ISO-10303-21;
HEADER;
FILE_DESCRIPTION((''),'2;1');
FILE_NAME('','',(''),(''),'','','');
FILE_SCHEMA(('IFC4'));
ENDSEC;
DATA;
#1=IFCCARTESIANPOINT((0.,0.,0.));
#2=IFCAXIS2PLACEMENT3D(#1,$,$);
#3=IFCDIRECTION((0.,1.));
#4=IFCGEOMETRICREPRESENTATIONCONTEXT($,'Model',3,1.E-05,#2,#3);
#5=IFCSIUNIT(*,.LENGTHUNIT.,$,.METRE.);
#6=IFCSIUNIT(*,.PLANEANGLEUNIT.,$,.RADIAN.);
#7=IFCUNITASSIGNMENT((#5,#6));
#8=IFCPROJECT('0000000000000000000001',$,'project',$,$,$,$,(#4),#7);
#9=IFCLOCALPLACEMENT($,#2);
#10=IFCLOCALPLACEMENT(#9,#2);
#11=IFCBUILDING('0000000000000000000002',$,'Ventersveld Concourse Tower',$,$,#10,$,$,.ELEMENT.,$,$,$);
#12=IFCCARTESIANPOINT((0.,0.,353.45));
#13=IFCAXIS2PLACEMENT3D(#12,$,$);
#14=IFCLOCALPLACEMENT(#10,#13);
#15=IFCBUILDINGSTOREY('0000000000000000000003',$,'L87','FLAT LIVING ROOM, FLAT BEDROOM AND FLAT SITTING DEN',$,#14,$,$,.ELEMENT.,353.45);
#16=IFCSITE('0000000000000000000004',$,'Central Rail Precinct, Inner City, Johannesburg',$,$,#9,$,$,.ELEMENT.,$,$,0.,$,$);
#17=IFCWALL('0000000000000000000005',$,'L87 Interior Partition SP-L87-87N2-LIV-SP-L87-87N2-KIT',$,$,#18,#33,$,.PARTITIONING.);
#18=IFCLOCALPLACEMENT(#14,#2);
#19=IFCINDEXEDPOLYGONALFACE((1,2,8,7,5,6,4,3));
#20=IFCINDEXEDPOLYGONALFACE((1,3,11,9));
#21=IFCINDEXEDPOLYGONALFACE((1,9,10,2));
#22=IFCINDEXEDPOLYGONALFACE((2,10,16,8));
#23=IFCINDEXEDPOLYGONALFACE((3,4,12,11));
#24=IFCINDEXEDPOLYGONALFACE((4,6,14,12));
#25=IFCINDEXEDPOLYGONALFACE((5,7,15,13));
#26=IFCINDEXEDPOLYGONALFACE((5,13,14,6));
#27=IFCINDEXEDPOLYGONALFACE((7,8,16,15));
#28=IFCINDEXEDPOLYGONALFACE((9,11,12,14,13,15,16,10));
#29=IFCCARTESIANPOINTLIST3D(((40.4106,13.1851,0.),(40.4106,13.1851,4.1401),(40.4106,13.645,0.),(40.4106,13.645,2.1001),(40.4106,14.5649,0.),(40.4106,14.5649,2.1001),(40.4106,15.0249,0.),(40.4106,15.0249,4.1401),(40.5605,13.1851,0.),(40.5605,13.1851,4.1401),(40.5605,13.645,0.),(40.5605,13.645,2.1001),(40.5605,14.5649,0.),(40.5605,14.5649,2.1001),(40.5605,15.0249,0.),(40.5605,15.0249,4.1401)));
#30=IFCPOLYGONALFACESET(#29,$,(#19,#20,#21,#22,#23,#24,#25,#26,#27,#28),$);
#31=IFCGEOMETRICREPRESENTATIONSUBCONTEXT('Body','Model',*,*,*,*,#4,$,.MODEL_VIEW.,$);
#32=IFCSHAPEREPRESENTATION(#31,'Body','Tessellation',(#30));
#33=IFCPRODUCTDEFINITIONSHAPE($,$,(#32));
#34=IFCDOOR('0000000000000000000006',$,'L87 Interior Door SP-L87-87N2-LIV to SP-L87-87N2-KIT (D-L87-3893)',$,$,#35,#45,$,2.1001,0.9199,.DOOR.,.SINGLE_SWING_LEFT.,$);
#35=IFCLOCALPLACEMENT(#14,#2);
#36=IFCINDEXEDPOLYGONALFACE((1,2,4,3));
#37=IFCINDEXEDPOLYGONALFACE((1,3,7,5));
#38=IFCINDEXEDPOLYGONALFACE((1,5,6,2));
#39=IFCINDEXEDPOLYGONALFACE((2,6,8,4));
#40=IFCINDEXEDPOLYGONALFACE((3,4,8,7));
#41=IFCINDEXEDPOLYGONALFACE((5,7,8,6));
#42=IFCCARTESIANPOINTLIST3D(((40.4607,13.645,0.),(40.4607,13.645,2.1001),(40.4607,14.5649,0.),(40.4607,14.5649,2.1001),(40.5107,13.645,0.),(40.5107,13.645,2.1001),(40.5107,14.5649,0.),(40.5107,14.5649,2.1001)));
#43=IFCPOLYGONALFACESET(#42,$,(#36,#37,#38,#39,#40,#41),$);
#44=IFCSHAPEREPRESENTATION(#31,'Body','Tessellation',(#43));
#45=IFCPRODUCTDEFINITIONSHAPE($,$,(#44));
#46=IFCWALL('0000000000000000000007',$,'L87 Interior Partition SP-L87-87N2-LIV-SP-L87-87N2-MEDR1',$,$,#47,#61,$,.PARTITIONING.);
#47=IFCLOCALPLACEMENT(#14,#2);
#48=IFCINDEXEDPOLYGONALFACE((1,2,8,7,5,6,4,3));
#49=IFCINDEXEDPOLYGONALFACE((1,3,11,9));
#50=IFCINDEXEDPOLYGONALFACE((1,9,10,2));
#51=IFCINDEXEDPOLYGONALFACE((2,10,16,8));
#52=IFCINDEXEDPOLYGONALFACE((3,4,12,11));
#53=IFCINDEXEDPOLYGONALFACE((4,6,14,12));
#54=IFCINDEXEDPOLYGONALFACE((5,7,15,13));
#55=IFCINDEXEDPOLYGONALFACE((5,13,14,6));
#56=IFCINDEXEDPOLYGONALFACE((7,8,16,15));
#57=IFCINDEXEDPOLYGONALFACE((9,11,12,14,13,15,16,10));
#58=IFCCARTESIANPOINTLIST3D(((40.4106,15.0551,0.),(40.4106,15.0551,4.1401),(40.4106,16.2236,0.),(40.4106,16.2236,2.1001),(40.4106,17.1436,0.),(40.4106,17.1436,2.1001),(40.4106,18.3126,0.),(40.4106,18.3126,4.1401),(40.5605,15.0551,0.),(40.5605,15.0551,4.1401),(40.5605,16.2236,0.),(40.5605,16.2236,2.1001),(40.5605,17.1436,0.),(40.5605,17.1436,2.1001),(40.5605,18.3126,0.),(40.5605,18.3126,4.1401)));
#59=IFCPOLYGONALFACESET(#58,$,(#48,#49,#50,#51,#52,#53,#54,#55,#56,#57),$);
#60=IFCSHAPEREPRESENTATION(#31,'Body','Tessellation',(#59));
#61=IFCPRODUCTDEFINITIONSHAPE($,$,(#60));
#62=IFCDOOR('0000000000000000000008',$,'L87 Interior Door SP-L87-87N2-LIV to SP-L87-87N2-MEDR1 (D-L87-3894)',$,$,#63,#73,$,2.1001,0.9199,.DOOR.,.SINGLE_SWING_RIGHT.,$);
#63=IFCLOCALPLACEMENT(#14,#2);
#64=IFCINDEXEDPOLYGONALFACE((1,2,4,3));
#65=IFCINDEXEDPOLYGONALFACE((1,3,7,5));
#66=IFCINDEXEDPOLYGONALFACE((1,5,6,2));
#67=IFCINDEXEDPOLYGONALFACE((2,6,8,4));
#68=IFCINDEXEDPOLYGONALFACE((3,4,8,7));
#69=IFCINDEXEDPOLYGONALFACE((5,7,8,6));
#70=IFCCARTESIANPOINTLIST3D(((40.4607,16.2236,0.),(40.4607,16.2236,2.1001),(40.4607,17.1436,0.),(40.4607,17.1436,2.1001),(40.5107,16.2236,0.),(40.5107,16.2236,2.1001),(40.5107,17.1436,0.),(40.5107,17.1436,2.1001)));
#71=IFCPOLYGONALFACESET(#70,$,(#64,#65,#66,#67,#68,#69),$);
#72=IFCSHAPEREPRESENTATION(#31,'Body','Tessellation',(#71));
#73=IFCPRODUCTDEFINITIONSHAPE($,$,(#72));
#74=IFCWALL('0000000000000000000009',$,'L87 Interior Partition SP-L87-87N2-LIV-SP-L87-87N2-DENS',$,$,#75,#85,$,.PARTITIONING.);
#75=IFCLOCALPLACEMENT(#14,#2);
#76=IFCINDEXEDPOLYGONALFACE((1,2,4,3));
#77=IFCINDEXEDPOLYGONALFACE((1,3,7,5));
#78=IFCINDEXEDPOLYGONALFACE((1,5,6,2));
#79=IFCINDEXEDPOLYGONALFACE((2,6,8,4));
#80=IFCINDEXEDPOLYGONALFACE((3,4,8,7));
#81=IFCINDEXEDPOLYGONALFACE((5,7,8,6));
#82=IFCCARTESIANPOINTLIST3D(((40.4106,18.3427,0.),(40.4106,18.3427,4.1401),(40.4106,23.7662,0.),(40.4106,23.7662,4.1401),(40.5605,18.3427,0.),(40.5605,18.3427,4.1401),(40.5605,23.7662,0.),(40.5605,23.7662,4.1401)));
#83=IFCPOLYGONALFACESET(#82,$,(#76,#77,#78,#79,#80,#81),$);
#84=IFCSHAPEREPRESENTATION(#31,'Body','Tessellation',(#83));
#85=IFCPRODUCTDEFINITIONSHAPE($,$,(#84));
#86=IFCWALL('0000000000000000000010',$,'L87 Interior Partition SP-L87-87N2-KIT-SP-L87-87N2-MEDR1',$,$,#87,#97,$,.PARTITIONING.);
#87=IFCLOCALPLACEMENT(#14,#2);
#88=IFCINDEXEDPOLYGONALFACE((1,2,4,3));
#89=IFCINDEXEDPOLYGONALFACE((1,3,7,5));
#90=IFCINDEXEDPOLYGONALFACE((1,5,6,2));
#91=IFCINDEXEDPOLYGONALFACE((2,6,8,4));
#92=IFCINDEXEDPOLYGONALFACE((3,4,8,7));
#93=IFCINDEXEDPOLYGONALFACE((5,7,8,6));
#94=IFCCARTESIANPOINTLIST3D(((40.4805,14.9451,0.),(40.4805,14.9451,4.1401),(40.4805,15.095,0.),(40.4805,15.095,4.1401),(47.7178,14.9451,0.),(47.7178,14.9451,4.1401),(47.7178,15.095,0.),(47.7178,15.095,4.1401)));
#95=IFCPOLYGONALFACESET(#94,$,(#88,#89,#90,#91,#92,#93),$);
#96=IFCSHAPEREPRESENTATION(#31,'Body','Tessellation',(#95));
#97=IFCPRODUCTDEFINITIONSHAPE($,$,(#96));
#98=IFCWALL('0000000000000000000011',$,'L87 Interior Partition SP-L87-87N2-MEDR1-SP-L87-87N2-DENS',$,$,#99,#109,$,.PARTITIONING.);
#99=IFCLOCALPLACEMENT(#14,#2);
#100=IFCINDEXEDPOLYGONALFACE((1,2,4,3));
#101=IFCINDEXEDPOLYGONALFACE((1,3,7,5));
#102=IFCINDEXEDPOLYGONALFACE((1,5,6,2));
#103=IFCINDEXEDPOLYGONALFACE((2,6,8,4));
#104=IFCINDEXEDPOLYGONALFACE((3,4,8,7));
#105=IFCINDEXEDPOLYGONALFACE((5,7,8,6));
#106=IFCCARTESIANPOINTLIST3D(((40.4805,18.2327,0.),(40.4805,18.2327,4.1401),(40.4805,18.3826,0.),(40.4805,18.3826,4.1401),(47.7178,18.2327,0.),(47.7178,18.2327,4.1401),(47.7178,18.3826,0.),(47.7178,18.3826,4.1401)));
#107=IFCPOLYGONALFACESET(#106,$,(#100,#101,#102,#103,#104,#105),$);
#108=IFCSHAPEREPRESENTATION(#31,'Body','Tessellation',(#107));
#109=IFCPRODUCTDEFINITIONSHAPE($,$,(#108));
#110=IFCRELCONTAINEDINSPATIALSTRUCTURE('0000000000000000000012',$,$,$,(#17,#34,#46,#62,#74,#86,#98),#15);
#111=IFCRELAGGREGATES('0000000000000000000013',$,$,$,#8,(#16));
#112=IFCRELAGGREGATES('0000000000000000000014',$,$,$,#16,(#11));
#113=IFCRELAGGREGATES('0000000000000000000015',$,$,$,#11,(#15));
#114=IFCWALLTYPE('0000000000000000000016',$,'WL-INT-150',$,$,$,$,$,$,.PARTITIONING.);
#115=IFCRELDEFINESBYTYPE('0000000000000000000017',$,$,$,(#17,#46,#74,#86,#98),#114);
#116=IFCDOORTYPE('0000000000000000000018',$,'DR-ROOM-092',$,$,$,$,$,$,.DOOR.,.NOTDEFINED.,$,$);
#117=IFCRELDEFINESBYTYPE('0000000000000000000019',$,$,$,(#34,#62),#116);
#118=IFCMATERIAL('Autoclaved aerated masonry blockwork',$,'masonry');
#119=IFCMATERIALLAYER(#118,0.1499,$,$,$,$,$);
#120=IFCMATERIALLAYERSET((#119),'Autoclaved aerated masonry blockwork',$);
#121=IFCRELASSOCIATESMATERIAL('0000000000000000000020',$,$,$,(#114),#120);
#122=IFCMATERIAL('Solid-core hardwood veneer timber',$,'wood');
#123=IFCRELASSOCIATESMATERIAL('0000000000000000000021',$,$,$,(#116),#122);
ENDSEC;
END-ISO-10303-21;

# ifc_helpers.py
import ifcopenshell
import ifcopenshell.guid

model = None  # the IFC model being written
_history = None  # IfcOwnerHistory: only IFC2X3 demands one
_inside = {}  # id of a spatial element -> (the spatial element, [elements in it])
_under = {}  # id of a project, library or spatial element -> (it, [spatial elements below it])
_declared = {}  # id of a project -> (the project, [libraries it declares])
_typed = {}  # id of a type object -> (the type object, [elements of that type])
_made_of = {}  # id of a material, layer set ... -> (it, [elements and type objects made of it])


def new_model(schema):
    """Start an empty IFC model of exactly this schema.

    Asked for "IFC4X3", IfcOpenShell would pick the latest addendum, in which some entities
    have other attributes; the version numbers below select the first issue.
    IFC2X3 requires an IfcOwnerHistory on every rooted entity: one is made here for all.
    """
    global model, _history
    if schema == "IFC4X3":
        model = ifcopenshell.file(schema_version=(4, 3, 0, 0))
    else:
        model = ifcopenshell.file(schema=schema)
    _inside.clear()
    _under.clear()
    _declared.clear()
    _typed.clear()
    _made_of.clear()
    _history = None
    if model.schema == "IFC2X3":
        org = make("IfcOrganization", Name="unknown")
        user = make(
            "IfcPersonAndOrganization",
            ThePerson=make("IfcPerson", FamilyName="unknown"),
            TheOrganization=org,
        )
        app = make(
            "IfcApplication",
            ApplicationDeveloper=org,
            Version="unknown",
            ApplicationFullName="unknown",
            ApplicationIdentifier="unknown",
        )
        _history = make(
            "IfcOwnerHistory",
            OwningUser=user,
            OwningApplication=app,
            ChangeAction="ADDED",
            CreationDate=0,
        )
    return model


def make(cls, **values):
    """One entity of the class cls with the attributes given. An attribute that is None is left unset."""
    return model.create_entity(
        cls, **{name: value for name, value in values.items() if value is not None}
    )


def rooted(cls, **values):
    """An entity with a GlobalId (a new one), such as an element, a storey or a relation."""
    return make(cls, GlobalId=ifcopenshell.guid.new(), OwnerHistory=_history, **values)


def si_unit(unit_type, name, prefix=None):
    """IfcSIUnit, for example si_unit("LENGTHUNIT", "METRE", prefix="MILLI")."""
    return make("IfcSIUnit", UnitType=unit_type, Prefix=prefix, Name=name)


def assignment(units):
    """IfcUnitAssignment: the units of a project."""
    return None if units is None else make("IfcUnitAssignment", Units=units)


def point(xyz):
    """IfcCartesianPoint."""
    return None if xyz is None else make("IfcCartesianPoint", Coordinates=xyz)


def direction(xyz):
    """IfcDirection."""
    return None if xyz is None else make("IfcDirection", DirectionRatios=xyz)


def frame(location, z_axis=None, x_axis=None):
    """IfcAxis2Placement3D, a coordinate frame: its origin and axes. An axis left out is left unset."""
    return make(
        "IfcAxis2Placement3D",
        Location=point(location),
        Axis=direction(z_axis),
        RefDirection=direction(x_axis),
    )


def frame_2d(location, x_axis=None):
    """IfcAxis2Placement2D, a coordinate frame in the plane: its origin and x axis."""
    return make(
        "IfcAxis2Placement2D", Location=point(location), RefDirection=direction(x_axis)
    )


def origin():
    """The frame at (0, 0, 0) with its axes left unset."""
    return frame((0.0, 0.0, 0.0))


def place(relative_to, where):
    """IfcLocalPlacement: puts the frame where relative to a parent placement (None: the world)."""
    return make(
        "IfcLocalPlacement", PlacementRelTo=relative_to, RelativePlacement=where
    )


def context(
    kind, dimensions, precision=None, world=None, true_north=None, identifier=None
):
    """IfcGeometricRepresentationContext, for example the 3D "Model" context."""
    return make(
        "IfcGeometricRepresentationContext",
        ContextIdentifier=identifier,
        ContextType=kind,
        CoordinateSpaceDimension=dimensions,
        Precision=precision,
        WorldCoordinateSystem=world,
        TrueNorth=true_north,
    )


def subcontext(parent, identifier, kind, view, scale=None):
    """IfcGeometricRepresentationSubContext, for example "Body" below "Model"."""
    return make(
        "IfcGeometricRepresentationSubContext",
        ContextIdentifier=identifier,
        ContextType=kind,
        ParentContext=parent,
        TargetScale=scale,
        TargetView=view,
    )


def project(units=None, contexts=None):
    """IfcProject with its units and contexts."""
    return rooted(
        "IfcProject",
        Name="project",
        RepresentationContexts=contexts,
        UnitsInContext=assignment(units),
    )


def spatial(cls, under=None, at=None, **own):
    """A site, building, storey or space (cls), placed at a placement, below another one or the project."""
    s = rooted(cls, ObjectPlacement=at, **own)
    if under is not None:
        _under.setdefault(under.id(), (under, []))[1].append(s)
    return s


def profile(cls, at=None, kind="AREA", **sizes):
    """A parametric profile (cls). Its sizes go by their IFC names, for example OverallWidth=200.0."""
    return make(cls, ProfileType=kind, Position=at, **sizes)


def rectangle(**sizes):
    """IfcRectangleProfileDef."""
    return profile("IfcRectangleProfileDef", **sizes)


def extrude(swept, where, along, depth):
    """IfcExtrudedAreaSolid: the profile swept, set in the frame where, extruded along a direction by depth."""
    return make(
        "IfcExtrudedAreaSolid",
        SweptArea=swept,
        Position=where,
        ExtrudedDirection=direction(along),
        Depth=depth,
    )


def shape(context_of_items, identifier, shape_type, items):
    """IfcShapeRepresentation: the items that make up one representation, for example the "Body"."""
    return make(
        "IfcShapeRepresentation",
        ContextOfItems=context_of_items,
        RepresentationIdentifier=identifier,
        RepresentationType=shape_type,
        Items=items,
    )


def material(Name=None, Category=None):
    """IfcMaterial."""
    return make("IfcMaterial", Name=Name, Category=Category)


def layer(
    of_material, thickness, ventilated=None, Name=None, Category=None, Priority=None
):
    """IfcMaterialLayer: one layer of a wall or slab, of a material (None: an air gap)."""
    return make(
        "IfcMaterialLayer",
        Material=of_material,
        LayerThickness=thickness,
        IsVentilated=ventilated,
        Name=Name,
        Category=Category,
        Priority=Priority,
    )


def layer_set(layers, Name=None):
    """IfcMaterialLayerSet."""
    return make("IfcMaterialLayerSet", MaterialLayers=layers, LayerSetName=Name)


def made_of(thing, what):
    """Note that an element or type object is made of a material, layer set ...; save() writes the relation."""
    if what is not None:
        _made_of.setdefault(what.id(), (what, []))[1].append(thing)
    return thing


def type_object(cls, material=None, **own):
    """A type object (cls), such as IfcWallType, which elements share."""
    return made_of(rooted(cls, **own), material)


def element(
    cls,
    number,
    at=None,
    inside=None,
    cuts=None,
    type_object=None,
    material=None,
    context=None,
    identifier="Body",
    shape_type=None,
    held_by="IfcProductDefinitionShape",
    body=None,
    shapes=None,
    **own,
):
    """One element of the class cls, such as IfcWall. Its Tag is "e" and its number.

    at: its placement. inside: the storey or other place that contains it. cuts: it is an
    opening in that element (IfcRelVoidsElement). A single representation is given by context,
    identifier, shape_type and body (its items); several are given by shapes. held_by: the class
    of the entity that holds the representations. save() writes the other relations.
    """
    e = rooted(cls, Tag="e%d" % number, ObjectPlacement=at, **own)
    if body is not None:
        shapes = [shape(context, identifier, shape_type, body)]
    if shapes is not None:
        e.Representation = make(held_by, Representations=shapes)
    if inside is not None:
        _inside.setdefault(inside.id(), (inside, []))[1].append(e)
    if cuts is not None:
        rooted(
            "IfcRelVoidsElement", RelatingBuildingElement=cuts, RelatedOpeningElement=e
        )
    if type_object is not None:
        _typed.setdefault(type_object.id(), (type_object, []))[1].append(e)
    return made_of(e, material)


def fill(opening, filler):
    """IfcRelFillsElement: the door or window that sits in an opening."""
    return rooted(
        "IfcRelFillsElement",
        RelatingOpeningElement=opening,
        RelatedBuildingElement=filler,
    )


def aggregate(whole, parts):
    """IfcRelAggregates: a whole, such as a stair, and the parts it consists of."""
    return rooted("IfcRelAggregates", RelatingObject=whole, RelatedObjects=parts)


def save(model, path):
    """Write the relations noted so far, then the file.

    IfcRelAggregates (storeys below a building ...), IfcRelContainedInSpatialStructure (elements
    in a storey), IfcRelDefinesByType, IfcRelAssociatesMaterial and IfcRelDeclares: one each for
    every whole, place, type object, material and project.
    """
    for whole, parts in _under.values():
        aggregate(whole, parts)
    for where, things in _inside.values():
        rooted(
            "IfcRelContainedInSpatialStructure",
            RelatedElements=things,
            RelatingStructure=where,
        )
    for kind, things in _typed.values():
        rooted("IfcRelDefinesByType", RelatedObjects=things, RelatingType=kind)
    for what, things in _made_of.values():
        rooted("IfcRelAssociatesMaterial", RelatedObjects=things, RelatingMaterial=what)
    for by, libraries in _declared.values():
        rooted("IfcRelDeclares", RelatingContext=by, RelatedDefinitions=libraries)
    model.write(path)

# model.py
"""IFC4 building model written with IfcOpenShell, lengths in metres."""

from ifc_helpers import new_model, si_unit, direction, frame, frame_2d, origin, place, context, subcontext, project, spatial, rectangle, extrude, material, layer, layer_set, type_object, element, fill, save


model = new_model("IFC4")

# Units and contexts
model_context = context("Model", 3, precision=1e-05, world=origin(), true_north=direction((0.0, 1.0)))
body_context = subcontext(model_context, "Body", "Model", "MODEL_VIEW")
ifc_project = project(units=[si_unit("LENGTHUNIT", "METRE"), si_unit("PLANEANGLEUNIT", "RADIAN")], contexts=[model_context])

# Site, building, storey
site_placement = place(None, origin())
site = spatial("IfcSite", under=ifc_project, at=site_placement, Name="Central Rail Precinct, Inner City, Johannesburg", CompositionType="ELEMENT", RefElevation=0.0)
building_placement = place(site_placement, origin())
building = spatial("IfcBuilding", under=site, at=building_placement, Name="Ventersveld Concourse Tower", CompositionType="ELEMENT")
storey_placement = place(building_placement, frame((0.0, 0.0, 353.45)))
storey = spatial("IfcBuildingStorey", under=building, at=storey_placement, Name="L87", Description="FLAT LIVING ROOM, FLAT BEDROOM AND FLAT SITTING DEN", CompositionType="ELEMENT", Elevation=353.45)

# Shared definitions
ifc_material_1 = material(Name="Solid-core hardwood veneer timber", Category="wood")

# Walls, openings, doors
ifc_material_2 = material(Name="Autoclaved aerated masonry blockwork", Category="masonry")
ifc_layer_1 = layer(ifc_material_2, 0.1499)
ifc_layer_set_1 = layer_set([ifc_layer_1], Name="Autoclaved aerated masonry blockwork")
wall_type_1 = type_object("IfcWallType", Name="WL-INT-150", PredefinedType="PARTITIONING", material=ifc_layer_set_1)
wall_1_placement = place(storey_placement, frame((40.4856, 13.1851, 0.0), z_axis=(0.0, 0.0, 1.0), x_axis=(0.0, 1.0, 0.0)))
wall_1 = element("IfcWall", 1, at=wall_1_placement, inside=storey, type_object=wall_type_1, Name="L87 Interior Partition SP-L87-87N2-LIV-SP-L87-87N2-KIT", PredefinedType="PARTITIONING", context=body_context, shape_type="SweptSolid", body=[
    extrude(rectangle(XDim=1.8398, YDim=0.1499, at=frame_2d((0.9199, 0.0))), origin(), (0.0, 0.0, 1.0), 4.1401),
])
opening_1_placement = place(wall_1_placement, frame((0.46, 0.0, 0.0)))
opening_1 = element("IfcOpeningElement", 2, at=opening_1_placement, cuts=wall_1, PredefinedType="OPENING", context=body_context, shape_type="SweptSolid", body=[
    extrude(rectangle(XDim=0.9199, YDim=2.1001, at=frame_2d((0.46, 1.05))), frame((0.0, 0.085, 0.0), z_axis=(0.0, -1.0, 0.0), x_axis=(1.0, 0.0, 0.0)), (0.0, 0.0, 1.0), 0.1699),
])
door_type_1 = type_object("IfcDoorType", Name="DR-ROOM-092", OperationType="NOTDEFINED", PredefinedType="DOOR", material=ifc_material_1)
door_1_placement = place(opening_1_placement, origin())
door_1 = element("IfcDoor", 3, at=door_1_placement, inside=storey, type_object=door_type_1, Name="L87 Interior Door SP-L87-87N2-LIV to SP-L87-87N2-KIT (D-L87-3893)", OperationType="SINGLE_SWING_LEFT", OverallHeight=2.1001, OverallWidth=0.9199, PredefinedType="DOOR", context=body_context, shape_type="SweptSolid", body=[
    extrude(rectangle(XDim=0.9199, YDim=2.1001, at=frame_2d((0.46, 1.05))), frame((0.0, 0.0249, 0.0), z_axis=(0.0, -1.0, 0.0), x_axis=(1.0, 0.0, 0.0)), (0.0, 0.0, 1.0), 0.05),
])
fill(opening_1, door_1)
wall_2_placement = place(storey_placement, frame((40.4856, 15.0549, 0.0), z_axis=(0.0, 0.0, 1.0), x_axis=(0.0, 1.0, 0.0)))
wall_2 = element("IfcWall", 4, at=wall_2_placement, inside=storey, type_object=wall_type_1, Name="L87 Interior Partition SP-L87-87N2-LIV-SP-L87-87N2-MEDR1", PredefinedType="PARTITIONING", context=body_context, shape_type="SweptSolid", body=[
    extrude(rectangle(XDim=3.2576, YDim=0.1499, at=frame_2d((1.6289, 0.0))), origin(), (0.0, 0.0, 1.0), 4.1401),
])
opening_2_placement = place(wall_2_placement, frame((1.1687, 0.0, 0.0)))
opening_2 = element("IfcOpeningElement", 5, at=opening_2_placement, cuts=wall_2, PredefinedType="OPENING", context=body_context, shape_type="SweptSolid", body=[
    extrude(rectangle(XDim=0.9199, YDim=2.1001, at=frame_2d((0.46, 1.05))), frame((0.0, 0.085, 0.0), z_axis=(0.0, -1.0, 0.0), x_axis=(1.0, 0.0, 0.0)), (0.0, 0.0, 1.0), 0.1699),
])
door_2_placement = place(opening_2_placement, origin())
door_2 = element("IfcDoor", 6, at=door_2_placement, inside=storey, type_object=door_type_1, Name="L87 Interior Door SP-L87-87N2-LIV to SP-L87-87N2-MEDR1 (D-L87-3894)", OperationType="SINGLE_SWING_RIGHT", OverallHeight=2.1001, OverallWidth=0.9199, PredefinedType="DOOR", context=body_context, shape_type="SweptSolid", body=[
    extrude(rectangle(XDim=0.9199, YDim=2.1001, at=frame_2d((0.46, 1.05))), frame((0.0, 0.0249, 0.0), z_axis=(0.0, -1.0, 0.0), x_axis=(1.0, 0.0, 0.0)), (0.0, 0.0, 1.0), 0.05),
])
fill(opening_2, door_2)

# Walls
wall_3_placement = place(storey_placement, frame((40.4856, 18.3425, 0.0), z_axis=(0.0, 0.0, 1.0), x_axis=(0.0, 1.0, 0.0)))
element("IfcWall", 7, at=wall_3_placement, inside=storey, type_object=wall_type_1, Name="L87 Interior Partition SP-L87-87N2-LIV-SP-L87-87N2-DENS", PredefinedType="PARTITIONING", context=body_context, shape_type="SweptSolid", body=[
    extrude(rectangle(XDim=5.4236, YDim=0.1499, at=frame_2d((2.7119, 0.0))), origin(), (0.0, 0.0, 1.0), 4.1401),
])
for number, where, z_axis, x_axis, name in (
    (8, (40.4805, 15.02, 0.0), (0.0, 0.0, 1.0), (1.0, 0.0, 0.0), "L87 Interior Partition SP-L87-87N2-KIT-SP-L87-87N2-MEDR1"),
    (9, (40.4805, 18.3076, 0.0), (0.0, 0.0, 1.0), (1.0, 0.0, 0.0), "L87 Interior Partition SP-L87-87N2-MEDR1-SP-L87-87N2-DENS"),
):
    element("IfcWall", number, at=place(storey_placement, frame(where, z_axis=z_axis, x_axis=x_axis)), inside=storey, type_object=wall_type_1, Name=name, PredefinedType="PARTITIONING", context=body_context, shape_type="SweptSolid", body=[
        extrude(rectangle(XDim=7.2373, YDim=0.1499, at=frame_2d((3.6187, 0.0))), origin(), (0.0, 0.0, 1.0), 4.1401),
    ])

save(model, "model.ifc")
